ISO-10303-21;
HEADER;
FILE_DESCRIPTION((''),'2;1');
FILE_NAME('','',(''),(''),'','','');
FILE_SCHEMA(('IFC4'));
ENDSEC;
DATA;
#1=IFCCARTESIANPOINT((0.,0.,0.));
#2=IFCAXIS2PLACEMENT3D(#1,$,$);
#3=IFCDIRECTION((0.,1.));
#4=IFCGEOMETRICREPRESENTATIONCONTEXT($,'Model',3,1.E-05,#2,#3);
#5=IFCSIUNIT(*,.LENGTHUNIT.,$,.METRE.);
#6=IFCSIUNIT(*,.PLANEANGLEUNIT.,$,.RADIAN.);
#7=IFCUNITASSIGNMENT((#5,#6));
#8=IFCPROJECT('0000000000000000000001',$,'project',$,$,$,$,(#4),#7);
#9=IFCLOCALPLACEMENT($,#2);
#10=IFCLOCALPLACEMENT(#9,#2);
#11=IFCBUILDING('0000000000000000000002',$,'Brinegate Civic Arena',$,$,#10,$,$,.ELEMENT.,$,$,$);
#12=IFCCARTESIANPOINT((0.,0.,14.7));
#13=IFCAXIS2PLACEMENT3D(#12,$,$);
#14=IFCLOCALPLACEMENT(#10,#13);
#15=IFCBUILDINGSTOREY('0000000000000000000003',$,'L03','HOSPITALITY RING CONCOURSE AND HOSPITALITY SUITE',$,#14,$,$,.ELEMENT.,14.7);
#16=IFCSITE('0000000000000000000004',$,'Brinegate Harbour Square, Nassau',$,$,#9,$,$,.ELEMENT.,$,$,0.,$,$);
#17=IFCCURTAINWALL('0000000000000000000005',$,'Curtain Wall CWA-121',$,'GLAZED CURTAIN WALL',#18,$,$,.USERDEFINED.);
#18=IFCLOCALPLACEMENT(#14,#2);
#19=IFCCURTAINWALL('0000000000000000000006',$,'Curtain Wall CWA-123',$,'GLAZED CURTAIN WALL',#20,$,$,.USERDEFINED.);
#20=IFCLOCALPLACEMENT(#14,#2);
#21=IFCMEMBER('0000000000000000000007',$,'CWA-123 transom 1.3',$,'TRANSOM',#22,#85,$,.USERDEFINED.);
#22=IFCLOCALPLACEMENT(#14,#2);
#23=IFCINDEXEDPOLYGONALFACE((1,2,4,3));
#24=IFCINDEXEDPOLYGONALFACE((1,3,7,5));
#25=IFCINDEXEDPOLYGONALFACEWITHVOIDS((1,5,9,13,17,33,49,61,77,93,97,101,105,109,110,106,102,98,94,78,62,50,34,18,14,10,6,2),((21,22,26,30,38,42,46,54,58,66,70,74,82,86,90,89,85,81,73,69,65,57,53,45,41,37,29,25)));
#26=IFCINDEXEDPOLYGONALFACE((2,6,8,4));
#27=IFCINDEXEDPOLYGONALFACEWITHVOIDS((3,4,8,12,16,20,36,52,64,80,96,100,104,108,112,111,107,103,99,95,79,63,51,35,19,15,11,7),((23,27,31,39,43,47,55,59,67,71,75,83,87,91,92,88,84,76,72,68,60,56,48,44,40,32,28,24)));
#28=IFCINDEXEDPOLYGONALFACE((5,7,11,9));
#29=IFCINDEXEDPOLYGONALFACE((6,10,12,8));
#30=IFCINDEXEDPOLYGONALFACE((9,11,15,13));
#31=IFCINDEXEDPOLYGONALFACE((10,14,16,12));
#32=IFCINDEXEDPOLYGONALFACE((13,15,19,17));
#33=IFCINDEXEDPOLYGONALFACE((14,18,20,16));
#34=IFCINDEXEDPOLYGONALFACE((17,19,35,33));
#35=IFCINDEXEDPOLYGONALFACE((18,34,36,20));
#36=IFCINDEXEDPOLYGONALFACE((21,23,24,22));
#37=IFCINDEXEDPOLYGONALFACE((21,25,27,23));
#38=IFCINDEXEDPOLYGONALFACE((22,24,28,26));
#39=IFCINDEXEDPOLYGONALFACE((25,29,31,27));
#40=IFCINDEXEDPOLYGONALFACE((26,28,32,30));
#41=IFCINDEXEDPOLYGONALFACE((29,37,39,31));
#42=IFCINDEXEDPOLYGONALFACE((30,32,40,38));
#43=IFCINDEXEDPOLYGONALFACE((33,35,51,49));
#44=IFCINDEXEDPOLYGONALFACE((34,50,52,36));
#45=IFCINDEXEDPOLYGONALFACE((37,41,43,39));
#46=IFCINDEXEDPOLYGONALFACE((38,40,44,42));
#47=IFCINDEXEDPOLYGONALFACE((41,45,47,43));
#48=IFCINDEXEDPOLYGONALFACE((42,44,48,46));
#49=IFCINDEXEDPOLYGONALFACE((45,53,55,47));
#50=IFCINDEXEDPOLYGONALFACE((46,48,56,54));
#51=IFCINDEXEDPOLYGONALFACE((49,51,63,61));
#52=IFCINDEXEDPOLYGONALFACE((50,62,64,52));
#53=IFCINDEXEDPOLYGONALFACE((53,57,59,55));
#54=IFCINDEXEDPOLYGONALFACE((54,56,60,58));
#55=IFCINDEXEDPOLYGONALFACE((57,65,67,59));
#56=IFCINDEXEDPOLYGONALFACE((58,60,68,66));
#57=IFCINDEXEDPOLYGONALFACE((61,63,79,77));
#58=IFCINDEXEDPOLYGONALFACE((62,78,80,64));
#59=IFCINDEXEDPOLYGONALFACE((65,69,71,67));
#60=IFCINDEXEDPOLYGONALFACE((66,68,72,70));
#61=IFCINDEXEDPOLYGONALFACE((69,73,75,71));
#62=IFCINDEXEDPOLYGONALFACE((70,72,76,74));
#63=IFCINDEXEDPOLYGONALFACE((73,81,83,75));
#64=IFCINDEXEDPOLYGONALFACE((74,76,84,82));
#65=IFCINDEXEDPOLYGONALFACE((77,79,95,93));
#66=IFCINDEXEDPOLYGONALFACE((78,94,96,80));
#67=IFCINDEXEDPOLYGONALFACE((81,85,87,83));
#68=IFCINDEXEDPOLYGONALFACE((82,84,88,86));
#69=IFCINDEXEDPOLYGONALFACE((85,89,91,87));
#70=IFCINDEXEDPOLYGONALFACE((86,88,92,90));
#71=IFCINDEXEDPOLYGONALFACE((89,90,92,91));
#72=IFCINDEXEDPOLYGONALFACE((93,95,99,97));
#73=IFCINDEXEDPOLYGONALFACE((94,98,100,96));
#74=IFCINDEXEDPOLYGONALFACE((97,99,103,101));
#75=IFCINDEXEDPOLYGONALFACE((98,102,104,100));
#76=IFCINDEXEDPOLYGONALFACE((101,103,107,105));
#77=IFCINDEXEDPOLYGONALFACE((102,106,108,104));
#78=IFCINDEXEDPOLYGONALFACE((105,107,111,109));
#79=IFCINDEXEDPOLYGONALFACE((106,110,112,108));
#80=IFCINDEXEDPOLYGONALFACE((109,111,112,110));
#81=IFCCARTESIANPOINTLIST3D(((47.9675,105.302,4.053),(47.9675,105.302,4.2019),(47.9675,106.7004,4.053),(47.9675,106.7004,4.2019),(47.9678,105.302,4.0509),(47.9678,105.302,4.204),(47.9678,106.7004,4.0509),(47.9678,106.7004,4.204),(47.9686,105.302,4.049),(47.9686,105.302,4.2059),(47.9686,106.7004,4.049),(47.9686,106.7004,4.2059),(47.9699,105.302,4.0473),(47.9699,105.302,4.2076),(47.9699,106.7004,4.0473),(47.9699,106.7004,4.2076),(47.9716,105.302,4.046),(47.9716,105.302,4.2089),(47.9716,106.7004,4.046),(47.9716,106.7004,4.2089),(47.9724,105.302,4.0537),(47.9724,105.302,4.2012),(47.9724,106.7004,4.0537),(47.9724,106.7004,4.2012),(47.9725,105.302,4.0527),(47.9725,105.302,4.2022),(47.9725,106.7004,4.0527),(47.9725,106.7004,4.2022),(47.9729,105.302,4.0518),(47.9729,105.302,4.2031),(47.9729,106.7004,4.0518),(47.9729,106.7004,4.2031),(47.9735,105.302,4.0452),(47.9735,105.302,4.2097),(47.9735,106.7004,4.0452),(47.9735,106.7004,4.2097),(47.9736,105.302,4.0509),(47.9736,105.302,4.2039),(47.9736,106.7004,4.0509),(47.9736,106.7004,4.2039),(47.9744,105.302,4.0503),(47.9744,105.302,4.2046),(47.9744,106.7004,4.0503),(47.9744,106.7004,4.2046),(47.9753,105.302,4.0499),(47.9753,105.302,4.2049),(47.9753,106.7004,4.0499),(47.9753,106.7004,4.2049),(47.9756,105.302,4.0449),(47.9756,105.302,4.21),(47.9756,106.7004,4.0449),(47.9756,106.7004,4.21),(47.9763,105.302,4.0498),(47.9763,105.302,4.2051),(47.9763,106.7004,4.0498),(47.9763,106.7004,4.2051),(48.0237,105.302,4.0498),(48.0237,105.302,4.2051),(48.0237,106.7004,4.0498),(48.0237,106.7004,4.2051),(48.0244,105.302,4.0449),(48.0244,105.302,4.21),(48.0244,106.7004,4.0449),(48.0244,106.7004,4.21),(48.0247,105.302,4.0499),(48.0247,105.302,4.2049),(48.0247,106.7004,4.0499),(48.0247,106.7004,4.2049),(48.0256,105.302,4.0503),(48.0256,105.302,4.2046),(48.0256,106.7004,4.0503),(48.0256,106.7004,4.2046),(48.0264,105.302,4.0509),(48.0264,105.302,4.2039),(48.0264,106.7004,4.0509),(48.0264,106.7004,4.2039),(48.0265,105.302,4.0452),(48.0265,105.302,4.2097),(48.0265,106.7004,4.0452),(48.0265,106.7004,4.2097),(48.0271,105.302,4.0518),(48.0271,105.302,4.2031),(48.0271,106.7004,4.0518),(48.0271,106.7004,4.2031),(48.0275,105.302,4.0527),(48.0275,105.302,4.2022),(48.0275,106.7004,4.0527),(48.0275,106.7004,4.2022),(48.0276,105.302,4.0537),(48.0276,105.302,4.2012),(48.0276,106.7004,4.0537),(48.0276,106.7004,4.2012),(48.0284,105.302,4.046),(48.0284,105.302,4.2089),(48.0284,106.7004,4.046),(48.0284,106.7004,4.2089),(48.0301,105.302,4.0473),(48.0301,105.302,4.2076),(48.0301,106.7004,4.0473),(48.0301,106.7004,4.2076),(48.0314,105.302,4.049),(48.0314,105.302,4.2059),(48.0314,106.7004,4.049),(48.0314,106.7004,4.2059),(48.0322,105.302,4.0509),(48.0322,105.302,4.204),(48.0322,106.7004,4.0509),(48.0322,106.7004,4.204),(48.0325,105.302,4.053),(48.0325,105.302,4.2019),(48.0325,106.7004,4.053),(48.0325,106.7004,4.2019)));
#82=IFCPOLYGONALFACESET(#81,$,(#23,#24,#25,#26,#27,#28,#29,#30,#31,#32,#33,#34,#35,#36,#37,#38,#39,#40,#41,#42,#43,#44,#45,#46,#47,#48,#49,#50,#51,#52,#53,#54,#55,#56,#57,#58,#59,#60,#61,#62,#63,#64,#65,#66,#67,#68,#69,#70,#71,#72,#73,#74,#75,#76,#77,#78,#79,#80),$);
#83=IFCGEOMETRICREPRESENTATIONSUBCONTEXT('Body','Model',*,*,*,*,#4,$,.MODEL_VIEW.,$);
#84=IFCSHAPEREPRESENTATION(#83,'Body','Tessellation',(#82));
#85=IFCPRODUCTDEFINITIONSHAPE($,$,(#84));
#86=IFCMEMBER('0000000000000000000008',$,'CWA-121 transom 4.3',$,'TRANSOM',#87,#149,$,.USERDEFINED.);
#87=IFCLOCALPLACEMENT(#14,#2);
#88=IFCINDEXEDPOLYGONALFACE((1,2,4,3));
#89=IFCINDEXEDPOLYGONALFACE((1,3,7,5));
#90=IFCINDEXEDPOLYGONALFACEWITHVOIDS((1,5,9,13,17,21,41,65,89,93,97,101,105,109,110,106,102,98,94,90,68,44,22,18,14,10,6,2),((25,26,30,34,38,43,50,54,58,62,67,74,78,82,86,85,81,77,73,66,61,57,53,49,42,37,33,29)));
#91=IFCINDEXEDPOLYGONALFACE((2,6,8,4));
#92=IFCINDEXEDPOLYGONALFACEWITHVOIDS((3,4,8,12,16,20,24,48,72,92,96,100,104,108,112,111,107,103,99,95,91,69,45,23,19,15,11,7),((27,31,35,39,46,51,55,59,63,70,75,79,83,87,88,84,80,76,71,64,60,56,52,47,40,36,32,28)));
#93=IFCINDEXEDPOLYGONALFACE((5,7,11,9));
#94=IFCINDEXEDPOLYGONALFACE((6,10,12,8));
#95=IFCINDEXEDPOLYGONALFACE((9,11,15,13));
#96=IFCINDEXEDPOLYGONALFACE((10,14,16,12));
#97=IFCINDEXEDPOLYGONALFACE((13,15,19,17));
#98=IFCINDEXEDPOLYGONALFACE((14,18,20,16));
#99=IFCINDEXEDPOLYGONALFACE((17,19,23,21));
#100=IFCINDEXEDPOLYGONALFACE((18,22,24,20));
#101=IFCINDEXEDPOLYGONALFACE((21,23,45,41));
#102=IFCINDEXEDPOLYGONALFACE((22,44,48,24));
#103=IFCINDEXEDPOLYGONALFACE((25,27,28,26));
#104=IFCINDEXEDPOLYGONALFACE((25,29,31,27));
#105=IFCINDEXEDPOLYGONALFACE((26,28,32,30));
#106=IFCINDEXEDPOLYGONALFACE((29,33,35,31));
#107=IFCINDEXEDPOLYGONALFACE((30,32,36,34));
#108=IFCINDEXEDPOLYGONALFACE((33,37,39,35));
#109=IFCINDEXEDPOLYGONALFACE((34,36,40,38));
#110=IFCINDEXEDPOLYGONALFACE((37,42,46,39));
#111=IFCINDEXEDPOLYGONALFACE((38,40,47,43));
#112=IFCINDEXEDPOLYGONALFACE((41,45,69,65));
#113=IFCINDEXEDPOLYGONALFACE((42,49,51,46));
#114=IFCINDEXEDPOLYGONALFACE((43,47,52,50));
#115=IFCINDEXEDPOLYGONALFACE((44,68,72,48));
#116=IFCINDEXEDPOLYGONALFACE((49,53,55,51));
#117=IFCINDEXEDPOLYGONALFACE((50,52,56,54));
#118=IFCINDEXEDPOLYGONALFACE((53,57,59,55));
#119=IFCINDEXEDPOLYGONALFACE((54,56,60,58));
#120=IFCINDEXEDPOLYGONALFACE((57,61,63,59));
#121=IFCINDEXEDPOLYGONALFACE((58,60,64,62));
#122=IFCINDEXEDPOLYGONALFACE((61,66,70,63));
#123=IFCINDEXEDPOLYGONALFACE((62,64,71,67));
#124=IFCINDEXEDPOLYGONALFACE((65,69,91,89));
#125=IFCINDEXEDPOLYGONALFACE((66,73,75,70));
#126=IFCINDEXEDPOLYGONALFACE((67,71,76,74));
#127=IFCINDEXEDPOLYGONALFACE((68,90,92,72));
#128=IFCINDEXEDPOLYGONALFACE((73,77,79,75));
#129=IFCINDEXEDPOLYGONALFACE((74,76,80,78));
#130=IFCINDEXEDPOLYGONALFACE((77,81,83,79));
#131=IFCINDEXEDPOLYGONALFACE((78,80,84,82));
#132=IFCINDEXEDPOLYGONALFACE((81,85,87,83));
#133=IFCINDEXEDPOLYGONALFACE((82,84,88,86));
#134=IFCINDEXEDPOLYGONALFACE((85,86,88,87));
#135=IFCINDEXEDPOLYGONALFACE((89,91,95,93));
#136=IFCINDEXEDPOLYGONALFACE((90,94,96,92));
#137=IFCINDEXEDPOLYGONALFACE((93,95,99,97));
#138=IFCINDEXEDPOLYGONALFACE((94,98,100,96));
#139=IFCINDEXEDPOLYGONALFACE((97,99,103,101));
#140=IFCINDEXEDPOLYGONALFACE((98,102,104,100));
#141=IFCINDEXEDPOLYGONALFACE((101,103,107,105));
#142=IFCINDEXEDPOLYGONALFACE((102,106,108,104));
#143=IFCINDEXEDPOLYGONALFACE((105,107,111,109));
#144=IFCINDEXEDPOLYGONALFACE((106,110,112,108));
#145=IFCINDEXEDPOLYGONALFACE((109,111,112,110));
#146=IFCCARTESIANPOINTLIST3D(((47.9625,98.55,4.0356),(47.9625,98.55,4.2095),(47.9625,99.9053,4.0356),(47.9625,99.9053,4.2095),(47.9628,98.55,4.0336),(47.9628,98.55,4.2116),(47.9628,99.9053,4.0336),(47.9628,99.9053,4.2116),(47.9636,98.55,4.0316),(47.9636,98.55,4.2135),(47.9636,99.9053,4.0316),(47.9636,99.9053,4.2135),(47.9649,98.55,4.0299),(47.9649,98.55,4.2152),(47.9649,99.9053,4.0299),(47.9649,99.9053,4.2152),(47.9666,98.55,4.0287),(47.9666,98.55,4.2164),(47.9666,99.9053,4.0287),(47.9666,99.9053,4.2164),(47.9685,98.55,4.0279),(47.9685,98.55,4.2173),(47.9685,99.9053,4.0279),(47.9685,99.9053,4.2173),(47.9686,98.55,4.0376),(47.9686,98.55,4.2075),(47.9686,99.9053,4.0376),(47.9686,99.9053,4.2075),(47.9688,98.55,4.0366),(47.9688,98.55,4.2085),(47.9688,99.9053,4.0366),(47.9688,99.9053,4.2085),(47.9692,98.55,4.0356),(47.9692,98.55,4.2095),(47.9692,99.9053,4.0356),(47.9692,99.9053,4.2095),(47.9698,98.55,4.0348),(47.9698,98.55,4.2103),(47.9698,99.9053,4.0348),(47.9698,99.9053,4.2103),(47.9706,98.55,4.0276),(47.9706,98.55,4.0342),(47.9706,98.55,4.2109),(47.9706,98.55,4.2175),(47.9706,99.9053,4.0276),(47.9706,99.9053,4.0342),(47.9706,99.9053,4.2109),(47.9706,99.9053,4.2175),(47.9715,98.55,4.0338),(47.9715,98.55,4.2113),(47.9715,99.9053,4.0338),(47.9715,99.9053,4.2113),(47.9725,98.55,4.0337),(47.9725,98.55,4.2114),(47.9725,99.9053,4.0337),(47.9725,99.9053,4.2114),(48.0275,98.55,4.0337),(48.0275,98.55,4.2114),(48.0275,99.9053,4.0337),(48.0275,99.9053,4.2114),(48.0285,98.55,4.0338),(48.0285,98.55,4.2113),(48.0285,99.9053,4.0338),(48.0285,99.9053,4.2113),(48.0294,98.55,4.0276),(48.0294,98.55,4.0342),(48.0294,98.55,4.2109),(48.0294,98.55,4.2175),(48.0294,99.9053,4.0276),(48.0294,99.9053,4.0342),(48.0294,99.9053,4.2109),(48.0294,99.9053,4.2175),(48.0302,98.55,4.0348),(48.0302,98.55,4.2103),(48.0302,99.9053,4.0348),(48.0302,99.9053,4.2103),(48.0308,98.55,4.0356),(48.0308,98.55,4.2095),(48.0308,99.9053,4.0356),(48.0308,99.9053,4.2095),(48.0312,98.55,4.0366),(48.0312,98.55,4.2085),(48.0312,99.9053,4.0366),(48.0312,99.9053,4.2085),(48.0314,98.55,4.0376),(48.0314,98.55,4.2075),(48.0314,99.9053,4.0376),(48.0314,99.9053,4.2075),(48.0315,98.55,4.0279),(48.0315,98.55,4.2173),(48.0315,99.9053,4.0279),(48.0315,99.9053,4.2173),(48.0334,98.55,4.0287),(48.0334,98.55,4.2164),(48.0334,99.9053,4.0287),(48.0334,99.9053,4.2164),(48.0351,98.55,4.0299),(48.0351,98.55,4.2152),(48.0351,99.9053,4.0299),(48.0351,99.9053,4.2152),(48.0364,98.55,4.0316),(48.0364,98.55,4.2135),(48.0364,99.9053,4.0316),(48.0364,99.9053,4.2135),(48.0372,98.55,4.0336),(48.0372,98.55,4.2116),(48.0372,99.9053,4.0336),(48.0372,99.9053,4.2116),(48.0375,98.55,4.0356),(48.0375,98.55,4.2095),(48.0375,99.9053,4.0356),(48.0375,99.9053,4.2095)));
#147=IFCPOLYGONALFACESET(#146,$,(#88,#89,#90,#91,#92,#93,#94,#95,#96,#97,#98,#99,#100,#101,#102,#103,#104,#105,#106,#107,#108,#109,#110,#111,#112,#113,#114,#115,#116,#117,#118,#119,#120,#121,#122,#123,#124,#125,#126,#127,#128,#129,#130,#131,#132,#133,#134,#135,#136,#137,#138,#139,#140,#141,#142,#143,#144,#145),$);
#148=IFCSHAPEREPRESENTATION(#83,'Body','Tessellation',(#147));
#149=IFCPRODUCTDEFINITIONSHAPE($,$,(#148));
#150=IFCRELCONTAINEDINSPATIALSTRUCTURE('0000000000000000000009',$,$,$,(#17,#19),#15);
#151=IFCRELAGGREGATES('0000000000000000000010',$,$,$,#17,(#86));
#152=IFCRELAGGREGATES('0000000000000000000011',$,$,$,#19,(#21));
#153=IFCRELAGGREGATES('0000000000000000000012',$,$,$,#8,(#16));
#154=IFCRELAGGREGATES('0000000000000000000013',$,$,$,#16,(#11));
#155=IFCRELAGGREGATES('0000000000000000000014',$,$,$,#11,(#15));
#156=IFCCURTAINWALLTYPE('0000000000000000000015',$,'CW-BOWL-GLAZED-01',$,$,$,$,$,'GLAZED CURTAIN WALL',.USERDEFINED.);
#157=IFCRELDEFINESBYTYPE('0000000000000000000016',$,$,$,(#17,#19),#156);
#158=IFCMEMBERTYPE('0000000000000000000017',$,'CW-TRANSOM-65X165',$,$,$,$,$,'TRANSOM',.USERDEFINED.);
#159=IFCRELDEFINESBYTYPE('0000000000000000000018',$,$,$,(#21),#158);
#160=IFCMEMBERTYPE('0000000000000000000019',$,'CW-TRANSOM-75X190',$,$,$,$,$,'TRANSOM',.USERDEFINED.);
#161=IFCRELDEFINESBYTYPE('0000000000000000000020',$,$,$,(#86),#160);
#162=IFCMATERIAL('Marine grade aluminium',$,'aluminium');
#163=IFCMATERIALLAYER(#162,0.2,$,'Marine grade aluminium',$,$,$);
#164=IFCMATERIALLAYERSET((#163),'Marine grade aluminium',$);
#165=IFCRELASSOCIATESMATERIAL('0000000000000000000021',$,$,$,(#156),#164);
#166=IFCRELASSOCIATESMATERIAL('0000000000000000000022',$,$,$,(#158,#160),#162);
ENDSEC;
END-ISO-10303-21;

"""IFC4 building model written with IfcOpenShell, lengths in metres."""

from ifc_helpers import new_model, si_unit, direction, frame, origin, origin_2d, place, context, subcontext, project, spatial, hollow_rectangle, extrude, material, layer, layer_set, material_profile, profile_set, type_object, element, aggregate, save


model = new_model("IFC4")

# Units and contexts
model_context = context("Model", 3, precision=1e-05, world=origin(), true_north=direction((0.0, 1.0)))
body_context = subcontext(model_context, "Body", "Model", "MODEL_VIEW")
ifc_project = project(units=[si_unit("LENGTHUNIT", "METRE"), si_unit("PLANEANGLEUNIT", "RADIAN")], contexts=[model_context])

# Site, building, storey
site_placement = place(None, origin())
site = spatial("IfcSite", under=ifc_project, at=site_placement, Name="Brinegate Harbour Square, Nassau", CompositionType="ELEMENT", RefElevation=0.0)
building_placement = place(site_placement, origin())
building = spatial("IfcBuilding", under=site, at=building_placement, Name="Brinegate Civic Arena", CompositionType="ELEMENT")
storey_placement = place(building_placement, frame((0.0, 0.0, 14.7)))
storey = spatial("IfcBuildingStorey", under=building, at=storey_placement, Name="L03", Description="HOSPITALITY RING CONCOURSE AND HOSPITALITY SUITE", CompositionType="ELEMENT", Elevation=14.7)

# Curtain walls, member
ifc_material_1 = material(Name="Marine grade aluminium", Category="aluminium")
ifc_layer_1 = layer(ifc_material_1, 0.2, Name="Marine grade aluminium")
ifc_layer_set_1 = layer_set([ifc_layer_1], Name="Marine grade aluminium")
curtain_wall_type = type_object("IfcCurtainWallType", Name="CW-BOWL-GLAZED-01", ElementType="GLAZED CURTAIN WALL", PredefinedType="USERDEFINED", material=ifc_layer_set_1)
curtain_wall_1_placement = place(storey_placement, origin())
curtain_wall_1 = element("IfcCurtainWall", 1, at=curtain_wall_1_placement, inside=storey, type_object=curtain_wall_type, Name="Curtain Wall CWA-121", ObjectType="GLAZED CURTAIN WALL", PredefinedType="USERDEFINED")
curtain_wall_2_placement = place(storey_placement, origin())
curtain_wall_2 = element("IfcCurtainWall", 2, at=curtain_wall_2_placement, inside=storey, type_object=curtain_wall_type, Name="Curtain Wall CWA-123", ObjectType="GLAZED CURTAIN WALL", PredefinedType="USERDEFINED")
ifc_material_profile_1 = material_profile(ifc_material_1, hollow_rectangle(XDim=0.0649, YDim=0.165, WallThickness=0.0049, InnerFilletRadius=0.0039, OuterFilletRadius=0.0081, at=origin_2d()), Name="TRN65X165")
ifc_profile_set_1 = profile_set([ifc_material_profile_1], Name="Marine grade aluminium")
member_type_1 = type_object("IfcMemberType", Name="CW-TRANSOM-65X165", ElementType="TRANSOM", PredefinedType="USERDEFINED", material=ifc_profile_set_1)
member_1_placement = place(storey_placement, frame((48.0, 105.302, 4.1274), z_axis=(0.0, 1.0, 0.0), x_axis=(-1.0, 0.0, 0.0)))
member_1 = element("IfcMember", 3, at=member_1_placement, type_object=member_type_1, Name="CWA-123 transom 1.3", ObjectType="TRANSOM", PredefinedType="USERDEFINED", context=body_context, shape_type="SweptSolid", body=[
    extrude(hollow_rectangle(XDim=0.0649, YDim=0.165, WallThickness=0.0049, InnerFilletRadius=0.0039, OuterFilletRadius=0.0081, at=origin_2d()), origin(), (0.0, 0.0, 1.0), 1.3984),
])

# Member
ifc_material_profile_2 = material_profile(ifc_material_1, hollow_rectangle(XDim=0.075, YDim=0.1899, WallThickness=0.0061, InnerFilletRadius=0.0039, OuterFilletRadius=0.0081, at=origin_2d()), Name="TRN75X190")
ifc_profile_set_2 = profile_set([ifc_material_profile_2], Name="Marine grade aluminium")
member_type_2 = type_object("IfcMemberType", Name="CW-TRANSOM-75X190", ElementType="TRANSOM", PredefinedType="USERDEFINED", material=ifc_profile_set_2)
member_2_placement = place(storey_placement, frame((48.0, 98.55, 4.1226), z_axis=(0.0, 1.0, 0.0), x_axis=(-1.0, 0.0, 0.0)))
member_2 = element("IfcMember", 4, at=member_2_placement, type_object=member_type_2, Name="CWA-121 transom 4.3", ObjectType="TRANSOM", PredefinedType="USERDEFINED", context=body_context, shape_type="SweptSolid", body=[
    extrude(hollow_rectangle(XDim=0.075, YDim=0.1899, WallThickness=0.0061, InnerFilletRadius=0.0039, OuterFilletRadius=0.0081, at=origin_2d()), origin(), (0.0, 0.0, 1.0), 1.3552),
])

aggregate(curtain_wall_1, [member_2])
aggregate(curtain_wall_2, [member_1])

save(model, "model.ifc")
